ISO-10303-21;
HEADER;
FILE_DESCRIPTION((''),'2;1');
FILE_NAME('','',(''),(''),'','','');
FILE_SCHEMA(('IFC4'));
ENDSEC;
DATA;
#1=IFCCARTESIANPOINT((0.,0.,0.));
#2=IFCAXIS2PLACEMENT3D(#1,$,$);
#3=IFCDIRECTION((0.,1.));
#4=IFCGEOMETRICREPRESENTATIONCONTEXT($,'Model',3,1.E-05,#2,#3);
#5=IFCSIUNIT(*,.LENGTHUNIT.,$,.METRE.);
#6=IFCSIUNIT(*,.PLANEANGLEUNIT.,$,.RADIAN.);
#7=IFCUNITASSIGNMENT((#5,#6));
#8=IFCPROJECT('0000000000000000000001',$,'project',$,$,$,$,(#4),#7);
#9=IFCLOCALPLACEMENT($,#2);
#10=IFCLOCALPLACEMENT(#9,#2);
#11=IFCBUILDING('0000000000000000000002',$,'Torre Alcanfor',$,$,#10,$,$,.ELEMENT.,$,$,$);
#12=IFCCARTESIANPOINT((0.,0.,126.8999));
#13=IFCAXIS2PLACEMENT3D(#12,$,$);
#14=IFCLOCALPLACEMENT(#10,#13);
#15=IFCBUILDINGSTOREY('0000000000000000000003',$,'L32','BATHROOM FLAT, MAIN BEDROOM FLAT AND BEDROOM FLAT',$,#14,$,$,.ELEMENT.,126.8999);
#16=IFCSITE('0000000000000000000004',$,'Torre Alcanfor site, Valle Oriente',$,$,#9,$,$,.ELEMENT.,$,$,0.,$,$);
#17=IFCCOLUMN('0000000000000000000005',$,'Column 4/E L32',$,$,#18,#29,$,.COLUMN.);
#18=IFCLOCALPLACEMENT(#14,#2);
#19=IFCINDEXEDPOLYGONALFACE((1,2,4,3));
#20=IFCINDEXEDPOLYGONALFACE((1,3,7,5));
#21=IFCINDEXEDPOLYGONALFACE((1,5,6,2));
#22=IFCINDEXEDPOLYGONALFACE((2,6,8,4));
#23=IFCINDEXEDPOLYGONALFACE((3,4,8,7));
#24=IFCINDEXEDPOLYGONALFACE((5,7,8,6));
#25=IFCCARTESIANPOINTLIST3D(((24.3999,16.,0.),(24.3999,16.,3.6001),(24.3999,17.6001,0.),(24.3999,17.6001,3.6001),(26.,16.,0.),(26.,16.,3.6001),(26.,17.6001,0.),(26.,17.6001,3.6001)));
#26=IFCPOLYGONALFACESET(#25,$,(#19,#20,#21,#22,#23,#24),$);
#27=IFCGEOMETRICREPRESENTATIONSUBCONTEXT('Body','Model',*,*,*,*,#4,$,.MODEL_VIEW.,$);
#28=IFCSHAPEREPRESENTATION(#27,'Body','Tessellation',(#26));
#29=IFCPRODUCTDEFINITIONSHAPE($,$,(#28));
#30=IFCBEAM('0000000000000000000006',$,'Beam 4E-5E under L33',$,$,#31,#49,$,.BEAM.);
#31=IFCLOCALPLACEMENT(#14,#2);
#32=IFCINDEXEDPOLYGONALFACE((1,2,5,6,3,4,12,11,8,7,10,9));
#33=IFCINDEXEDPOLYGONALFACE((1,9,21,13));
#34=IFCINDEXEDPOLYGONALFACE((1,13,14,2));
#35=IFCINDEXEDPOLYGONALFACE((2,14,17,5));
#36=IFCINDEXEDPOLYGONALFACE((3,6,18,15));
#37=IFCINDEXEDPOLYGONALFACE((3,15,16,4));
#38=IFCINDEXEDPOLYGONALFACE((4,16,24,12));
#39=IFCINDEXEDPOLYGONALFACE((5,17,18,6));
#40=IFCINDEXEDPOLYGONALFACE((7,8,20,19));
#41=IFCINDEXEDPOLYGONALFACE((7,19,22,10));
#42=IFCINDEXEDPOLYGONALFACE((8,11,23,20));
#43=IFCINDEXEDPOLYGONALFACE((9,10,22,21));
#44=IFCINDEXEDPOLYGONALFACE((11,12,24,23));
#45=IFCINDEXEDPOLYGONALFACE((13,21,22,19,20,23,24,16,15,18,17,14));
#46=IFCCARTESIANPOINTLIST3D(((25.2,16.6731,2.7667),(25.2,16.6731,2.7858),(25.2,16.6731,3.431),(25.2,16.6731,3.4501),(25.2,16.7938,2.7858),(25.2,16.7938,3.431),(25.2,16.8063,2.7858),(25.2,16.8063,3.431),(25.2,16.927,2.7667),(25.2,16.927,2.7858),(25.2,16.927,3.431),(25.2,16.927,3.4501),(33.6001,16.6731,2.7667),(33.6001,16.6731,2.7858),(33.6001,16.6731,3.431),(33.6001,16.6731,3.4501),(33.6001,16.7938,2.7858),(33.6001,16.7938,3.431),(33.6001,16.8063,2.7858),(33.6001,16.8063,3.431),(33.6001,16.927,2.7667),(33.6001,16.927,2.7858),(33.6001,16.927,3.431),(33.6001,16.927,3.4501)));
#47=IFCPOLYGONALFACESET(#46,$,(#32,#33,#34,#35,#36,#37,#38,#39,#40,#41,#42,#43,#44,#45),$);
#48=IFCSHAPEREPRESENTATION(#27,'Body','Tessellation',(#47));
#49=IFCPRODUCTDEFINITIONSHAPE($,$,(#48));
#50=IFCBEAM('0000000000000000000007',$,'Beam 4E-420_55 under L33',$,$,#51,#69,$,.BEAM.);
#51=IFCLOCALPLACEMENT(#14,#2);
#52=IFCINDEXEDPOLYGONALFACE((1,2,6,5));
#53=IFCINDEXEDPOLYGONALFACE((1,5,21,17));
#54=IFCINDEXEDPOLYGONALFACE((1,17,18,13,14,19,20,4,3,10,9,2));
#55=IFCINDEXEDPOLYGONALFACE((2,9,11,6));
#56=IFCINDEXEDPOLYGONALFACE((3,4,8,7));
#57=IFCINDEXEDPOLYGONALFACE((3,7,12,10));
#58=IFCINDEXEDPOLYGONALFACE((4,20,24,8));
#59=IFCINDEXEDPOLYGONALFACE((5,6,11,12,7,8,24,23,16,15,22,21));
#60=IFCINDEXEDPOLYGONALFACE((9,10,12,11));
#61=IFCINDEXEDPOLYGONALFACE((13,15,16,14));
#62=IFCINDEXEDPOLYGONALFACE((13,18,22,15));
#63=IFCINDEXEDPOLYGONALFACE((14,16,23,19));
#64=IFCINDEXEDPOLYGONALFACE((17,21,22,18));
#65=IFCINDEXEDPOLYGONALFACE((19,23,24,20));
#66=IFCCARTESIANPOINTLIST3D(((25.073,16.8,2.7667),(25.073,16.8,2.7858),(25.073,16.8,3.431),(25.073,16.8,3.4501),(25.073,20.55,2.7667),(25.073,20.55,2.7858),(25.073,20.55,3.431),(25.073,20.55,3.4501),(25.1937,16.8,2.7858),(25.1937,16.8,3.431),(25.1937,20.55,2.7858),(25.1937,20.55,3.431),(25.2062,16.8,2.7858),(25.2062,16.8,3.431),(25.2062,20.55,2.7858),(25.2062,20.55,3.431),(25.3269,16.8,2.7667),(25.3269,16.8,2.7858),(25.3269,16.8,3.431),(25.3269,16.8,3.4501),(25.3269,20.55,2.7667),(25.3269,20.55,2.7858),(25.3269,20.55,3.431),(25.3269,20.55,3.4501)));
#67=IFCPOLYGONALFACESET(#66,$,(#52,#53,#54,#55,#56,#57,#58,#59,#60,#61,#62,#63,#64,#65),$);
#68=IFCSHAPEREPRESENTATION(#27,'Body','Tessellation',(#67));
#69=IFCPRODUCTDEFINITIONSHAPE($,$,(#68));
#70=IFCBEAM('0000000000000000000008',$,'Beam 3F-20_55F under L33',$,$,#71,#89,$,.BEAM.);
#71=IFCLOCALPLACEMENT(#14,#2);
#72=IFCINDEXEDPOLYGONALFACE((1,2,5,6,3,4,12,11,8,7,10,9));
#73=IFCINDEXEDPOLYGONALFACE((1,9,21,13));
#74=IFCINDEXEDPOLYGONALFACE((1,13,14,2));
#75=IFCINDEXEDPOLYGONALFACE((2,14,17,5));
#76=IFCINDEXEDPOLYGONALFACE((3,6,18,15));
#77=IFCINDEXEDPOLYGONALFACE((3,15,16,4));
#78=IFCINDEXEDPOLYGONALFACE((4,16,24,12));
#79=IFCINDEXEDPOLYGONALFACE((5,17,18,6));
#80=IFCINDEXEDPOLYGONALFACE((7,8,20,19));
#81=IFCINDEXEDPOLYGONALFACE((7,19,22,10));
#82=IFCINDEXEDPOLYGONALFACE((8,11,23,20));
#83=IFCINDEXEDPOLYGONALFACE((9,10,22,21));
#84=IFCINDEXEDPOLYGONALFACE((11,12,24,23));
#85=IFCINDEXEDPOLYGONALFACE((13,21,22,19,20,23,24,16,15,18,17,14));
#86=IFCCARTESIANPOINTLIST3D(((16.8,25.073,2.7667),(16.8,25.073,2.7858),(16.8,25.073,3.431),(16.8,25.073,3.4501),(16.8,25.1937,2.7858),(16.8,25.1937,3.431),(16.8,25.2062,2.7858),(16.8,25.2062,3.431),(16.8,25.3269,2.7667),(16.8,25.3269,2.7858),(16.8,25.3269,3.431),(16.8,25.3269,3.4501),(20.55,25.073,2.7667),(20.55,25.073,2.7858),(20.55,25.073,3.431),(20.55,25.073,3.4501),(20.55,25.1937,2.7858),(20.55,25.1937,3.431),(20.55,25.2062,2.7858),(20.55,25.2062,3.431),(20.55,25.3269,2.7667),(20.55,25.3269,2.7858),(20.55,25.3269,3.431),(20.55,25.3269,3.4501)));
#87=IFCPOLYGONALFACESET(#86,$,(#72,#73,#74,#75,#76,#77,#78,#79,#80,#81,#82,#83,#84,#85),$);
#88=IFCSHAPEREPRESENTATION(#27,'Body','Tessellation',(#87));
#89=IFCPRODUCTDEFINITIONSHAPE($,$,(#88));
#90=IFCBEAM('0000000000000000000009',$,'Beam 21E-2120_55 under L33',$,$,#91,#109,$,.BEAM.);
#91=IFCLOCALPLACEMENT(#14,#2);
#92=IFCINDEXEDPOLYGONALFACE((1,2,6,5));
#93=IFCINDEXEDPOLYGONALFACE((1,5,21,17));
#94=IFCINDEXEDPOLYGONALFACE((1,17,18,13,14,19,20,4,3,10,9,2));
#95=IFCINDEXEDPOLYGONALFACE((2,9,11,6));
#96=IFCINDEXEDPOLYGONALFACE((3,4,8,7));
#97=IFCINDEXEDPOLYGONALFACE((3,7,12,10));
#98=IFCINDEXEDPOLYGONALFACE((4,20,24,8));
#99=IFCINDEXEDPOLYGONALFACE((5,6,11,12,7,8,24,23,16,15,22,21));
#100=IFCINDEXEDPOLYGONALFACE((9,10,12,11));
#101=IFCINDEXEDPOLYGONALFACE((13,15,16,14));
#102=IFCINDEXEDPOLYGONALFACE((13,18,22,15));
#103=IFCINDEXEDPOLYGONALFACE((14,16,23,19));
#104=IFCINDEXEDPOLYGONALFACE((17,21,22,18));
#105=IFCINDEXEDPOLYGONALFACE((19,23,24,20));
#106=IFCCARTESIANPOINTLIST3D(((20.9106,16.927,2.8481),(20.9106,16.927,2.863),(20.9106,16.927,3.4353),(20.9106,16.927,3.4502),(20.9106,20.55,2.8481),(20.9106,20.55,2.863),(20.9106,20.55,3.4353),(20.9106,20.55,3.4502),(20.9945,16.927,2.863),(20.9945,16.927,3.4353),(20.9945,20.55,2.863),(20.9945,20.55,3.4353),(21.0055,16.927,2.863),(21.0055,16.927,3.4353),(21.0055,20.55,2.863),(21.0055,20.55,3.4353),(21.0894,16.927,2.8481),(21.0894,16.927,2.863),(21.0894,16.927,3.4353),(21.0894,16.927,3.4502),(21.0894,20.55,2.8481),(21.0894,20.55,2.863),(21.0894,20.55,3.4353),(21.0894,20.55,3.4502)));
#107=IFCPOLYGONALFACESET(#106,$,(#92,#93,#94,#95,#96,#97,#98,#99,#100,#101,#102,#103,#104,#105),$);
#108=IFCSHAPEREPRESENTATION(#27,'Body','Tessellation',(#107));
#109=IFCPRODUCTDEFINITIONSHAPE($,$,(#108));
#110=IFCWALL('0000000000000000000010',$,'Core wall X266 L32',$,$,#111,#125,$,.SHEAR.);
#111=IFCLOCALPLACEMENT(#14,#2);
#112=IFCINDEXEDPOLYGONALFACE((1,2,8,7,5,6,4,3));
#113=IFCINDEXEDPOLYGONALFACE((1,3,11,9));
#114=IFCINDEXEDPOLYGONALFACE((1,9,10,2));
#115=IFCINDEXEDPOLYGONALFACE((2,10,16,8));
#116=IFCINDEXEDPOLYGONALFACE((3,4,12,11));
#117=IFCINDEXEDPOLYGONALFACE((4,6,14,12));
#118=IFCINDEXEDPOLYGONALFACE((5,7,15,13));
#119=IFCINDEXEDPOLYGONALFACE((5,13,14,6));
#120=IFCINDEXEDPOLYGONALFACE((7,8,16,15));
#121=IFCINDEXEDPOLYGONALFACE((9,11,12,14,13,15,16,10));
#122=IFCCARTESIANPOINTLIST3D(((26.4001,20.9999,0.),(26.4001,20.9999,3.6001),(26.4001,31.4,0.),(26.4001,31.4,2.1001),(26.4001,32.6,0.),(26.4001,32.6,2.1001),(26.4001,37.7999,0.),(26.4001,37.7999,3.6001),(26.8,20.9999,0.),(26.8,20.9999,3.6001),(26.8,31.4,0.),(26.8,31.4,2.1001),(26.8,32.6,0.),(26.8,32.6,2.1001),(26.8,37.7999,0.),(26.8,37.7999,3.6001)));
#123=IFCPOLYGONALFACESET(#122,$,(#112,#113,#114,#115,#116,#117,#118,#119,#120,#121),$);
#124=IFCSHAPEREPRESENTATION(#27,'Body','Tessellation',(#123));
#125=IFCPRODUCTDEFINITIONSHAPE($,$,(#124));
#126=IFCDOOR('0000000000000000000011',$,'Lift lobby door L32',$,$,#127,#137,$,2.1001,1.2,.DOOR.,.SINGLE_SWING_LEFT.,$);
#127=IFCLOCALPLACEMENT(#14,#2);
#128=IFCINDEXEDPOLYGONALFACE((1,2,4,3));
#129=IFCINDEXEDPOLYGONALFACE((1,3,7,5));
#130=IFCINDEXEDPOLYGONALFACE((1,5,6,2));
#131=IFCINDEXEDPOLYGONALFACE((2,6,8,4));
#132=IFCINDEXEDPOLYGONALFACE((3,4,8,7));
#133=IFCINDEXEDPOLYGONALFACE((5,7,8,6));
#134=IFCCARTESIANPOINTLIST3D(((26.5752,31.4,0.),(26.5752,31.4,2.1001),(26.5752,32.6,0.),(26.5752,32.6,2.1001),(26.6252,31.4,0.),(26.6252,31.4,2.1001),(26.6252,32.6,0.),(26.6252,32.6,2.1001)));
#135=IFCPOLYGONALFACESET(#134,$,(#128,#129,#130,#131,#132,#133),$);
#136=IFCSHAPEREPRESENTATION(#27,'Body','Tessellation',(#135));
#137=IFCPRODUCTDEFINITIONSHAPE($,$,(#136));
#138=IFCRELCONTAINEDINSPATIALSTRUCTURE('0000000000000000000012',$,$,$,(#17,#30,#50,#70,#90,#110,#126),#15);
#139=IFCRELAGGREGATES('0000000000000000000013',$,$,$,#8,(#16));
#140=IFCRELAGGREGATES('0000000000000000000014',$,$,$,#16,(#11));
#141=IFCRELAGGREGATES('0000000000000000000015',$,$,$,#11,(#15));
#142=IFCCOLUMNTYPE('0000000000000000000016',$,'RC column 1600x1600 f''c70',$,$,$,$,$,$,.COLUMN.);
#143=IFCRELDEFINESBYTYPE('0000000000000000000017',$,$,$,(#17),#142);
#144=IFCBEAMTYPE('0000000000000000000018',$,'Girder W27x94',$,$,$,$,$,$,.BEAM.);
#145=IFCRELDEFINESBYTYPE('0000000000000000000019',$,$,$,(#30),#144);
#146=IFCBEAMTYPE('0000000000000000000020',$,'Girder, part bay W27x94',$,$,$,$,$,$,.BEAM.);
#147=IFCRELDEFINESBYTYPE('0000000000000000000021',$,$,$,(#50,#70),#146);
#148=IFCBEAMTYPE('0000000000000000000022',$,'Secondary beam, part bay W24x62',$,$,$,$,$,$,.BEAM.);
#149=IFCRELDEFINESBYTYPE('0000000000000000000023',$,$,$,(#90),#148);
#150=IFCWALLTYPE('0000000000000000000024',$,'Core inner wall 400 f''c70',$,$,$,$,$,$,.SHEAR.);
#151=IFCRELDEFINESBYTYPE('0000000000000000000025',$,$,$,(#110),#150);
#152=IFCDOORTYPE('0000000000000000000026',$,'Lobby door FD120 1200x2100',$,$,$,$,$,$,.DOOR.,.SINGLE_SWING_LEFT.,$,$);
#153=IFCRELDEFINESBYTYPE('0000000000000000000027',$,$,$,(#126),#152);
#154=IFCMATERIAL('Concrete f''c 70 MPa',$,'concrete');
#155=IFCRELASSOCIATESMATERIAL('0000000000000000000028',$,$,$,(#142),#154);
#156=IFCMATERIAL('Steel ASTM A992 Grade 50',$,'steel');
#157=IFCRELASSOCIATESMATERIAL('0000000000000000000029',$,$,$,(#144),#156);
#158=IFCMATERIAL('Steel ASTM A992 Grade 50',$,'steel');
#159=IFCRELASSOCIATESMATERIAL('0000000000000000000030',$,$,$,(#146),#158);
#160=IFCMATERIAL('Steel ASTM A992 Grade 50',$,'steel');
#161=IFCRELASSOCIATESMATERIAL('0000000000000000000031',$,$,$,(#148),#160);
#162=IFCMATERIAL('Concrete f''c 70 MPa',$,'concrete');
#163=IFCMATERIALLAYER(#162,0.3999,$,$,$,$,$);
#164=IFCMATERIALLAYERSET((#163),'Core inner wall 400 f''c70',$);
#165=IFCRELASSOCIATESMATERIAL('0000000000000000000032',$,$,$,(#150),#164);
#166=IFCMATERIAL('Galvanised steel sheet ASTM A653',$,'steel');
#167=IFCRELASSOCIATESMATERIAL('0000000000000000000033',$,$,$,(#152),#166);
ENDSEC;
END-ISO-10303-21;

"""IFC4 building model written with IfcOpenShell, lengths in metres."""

from ifc_helpers import new_model, si_unit, direction, frame, frame_2d, origin, origin_2d, place, context, subcontext, project, spatial, rectangle, i_section, extrude, material, layer, layer_set, material_profile, profile_set, type_object, element, fill, save


model = new_model("IFC4")

# Units and contexts
model_context = context("Model", 3, precision=1e-05, world=origin(), true_north=direction((0.0, 1.0)))
body_context = subcontext(model_context, "Body", "Model", "MODEL_VIEW")
ifc_project = project(units=[si_unit("LENGTHUNIT", "METRE"), si_unit("PLANEANGLEUNIT", "RADIAN")], contexts=[model_context])

# Site, building, storey
site_placement = place(None, origin())
site = spatial("IfcSite", under=ifc_project, at=site_placement, Name="Torre Alcanfor site, Valle Oriente", CompositionType="ELEMENT", RefElevation=0.0)
building_placement = place(site_placement, origin())
building = spatial("IfcBuilding", under=site, at=building_placement, Name="Torre Alcanfor", CompositionType="ELEMENT")
storey_placement = place(building_placement, frame((0.0, 0.0, 126.8999)))
storey = spatial("IfcBuildingStorey", under=building, at=storey_placement, Name="L32", Description="BATHROOM FLAT, MAIN BEDROOM FLAT AND BEDROOM FLAT", CompositionType="ELEMENT", Elevation=126.8999)

# Column
ifc_material_1 = material(Name="Concrete f'c 70 MPa", Category="concrete")
ifc_material_profile_1 = material_profile(ifc_material_1, rectangle(XDim=1.6001, YDim=1.6001, at=origin_2d()), Name="1600x1600")
ifc_profile_set_1 = profile_set([ifc_material_profile_1], Name="Concrete f'c 70 MPa")
column_type = type_object("IfcColumnType", Name="RC column 1600x1600 f'c70", PredefinedType="COLUMN", material=ifc_profile_set_1)
column_placement = place(storey_placement, frame((25.2, 16.8, 0.0), z_axis=(0.0, 0.0, 1.0), x_axis=(1.0, 0.0, 0.0)))
element("IfcColumn", 1, at=column_placement, inside=storey, type_object=column_type, Name="Column 4/E L32", PredefinedType="COLUMN", context=body_context, shape_type="SweptSolid", body=[
    extrude(rectangle(XDim=1.6001, YDim=1.6001, at=origin_2d()), origin(), (0.0, 0.0, 1.0), 3.6001),
])

# Beams
ifc_material_2 = material(Name="Steel ASTM A992 Grade 50", Category="steel")
ifc_material_profile_2 = material_profile(ifc_material_2, i_section(OverallWidth=0.2539, OverallDepth=0.6833, WebThickness=0.0125, FlangeThickness=0.019, at=origin_2d()), Name="W27x94")
ifc_profile_set_2 = profile_set([ifc_material_profile_2], Name="Steel ASTM A992 Grade 50")
beam_type_1 = type_object("IfcBeamType", Name="Girder W27x94", PredefinedType="BEAM", material=ifc_profile_set_2)
beam_1_placement = place(storey_placement, frame((25.2, 16.8, 3.1084), z_axis=(1.0, 0.0, 0.0), x_axis=(0.0, 1.0, 0.0)))
element("IfcBeam", 2, at=beam_1_placement, inside=storey, type_object=beam_type_1, Name="Beam 4E-5E under L33", PredefinedType="BEAM", context=body_context, shape_type="SweptSolid", body=[
    extrude(i_section(OverallWidth=0.2539, OverallDepth=0.6833, WebThickness=0.0125, FlangeThickness=0.019, at=origin_2d()), origin(), (0.0, 0.0, 1.0), 8.4001),
])
ifc_material_3 = material(Name="Steel ASTM A992 Grade 50", Category="steel")
ifc_material_profile_3 = material_profile(ifc_material_3, i_section(OverallWidth=0.2539, OverallDepth=0.6833, WebThickness=0.0125, FlangeThickness=0.019, at=origin_2d()), Name="W27x94")
ifc_profile_set_3 = profile_set([ifc_material_profile_3], Name="Steel ASTM A992 Grade 50")
beam_type_2 = type_object("IfcBeamType", Name="Girder, part bay W27x94", PredefinedType="BEAM", material=ifc_profile_set_3)
for number, where, z_axis, x_axis, name in (
    (3, (25.2, 16.8, 3.1084), (0.0, 1.0, 0.0), (-1.0, 0.0, 0.0), "Beam 4E-420_55 under L33"),
    (4, (16.8, 25.2, 3.1084), (1.0, 0.0, 0.0), (0.0, 1.0, 0.0), "Beam 3F-20_55F under L33"),
):
    element("IfcBeam", number, at=place(storey_placement, frame(where, z_axis=z_axis, x_axis=x_axis)), inside=storey, type_object=beam_type_2, Name=name, PredefinedType="BEAM", context=body_context, shape_type="SweptSolid", body=[
        extrude(i_section(OverallWidth=0.2539, OverallDepth=0.6833, WebThickness=0.0125, FlangeThickness=0.019, at=origin_2d()), origin(), (0.0, 0.0, 1.0), 3.75),
    ])
ifc_material_4 = material(Name="Steel ASTM A992 Grade 50", Category="steel")
ifc_material_profile_4 = material_profile(ifc_material_4, i_section(OverallWidth=0.1787, OverallDepth=0.6021, WebThickness=0.011, FlangeThickness=0.0149, at=origin_2d()), Name="W24x62")
ifc_profile_set_4 = profile_set([ifc_material_profile_4], Name="Steel ASTM A992 Grade 50")
beam_type_3 = type_object("IfcBeamType", Name="Secondary beam, part bay W24x62", PredefinedType="BEAM", material=ifc_profile_set_4)
beam_2_placement = place(storey_placement, frame((21.0, 16.927, 3.1492), z_axis=(0.0, 1.0, 0.0), x_axis=(-1.0, 0.0, 0.0)))
element("IfcBeam", 5, at=beam_2_placement, inside=storey, type_object=beam_type_3, Name="Beam 21E-2120_55 under L33", PredefinedType="BEAM", context=body_context, shape_type="SweptSolid", body=[
    extrude(i_section(OverallWidth=0.1787, OverallDepth=0.6021, WebThickness=0.011, FlangeThickness=0.0149, at=origin_2d()), origin(), (0.0, 0.0, 1.0), 3.623),
])

# Wall, opening, door
ifc_material_5 = material(Name="Concrete f'c 70 MPa", Category="concrete")
ifc_layer_1 = layer(ifc_material_5, 0.3999)
ifc_layer_set_1 = layer_set([ifc_layer_1], Name="Core inner wall 400 f'c70")
wall_type_1 = type_object("IfcWallType", Name="Core inner wall 400 f'c70", PredefinedType="SHEAR", material=ifc_layer_set_1)
wall_1_placement = place(storey_placement, frame((26.6001, 21.0, 0.0), z_axis=(0.0, 0.0, 1.0), x_axis=(0.0, 1.0, 0.0)))
wall_1 = element("IfcWall", 6, at=wall_1_placement, inside=storey, type_object=wall_type_1, Name="Core wall X266 L32", PredefinedType="SHEAR", context=body_context, shape_type="SweptSolid", body=[
    extrude(rectangle(XDim=16.8, YDim=0.3999, at=frame_2d((8.3999, 0.0))), origin(), (0.0, 0.0, 1.0), 3.6001),
])
opening_1_placement = place(wall_1_placement, frame((10.3999, 0.0, 0.0)))
opening_1 = element("IfcOpeningElement", 7, at=opening_1_placement, cuts=wall_1, PredefinedType="OPENING", context=body_context, shape_type="SweptSolid", body=[
    extrude(rectangle(XDim=1.2, YDim=2.1001, at=frame_2d((0.6001, 1.05))), frame((0.0, 0.21, 0.0), z_axis=(0.0, -1.0, 0.0), x_axis=(1.0, 0.0, 0.0)), (0.0, 0.0, 1.0), 0.4199),
])
ifc_material_6 = material(Name="Galvanised steel sheet ASTM A653", Category="steel")
door_type_1 = type_object("IfcDoorType", Name="Lobby door FD120 1200x2100", OperationType="SINGLE_SWING_LEFT", PredefinedType="DOOR", material=ifc_material_6)
door_1_placement = place(opening_1_placement, origin())
door_1 = element("IfcDoor", 8, at=door_1_placement, inside=storey, type_object=door_type_1, Name="Lift lobby door L32", OperationType="SINGLE_SWING_LEFT", OverallHeight=2.1001, OverallWidth=1.2, PredefinedType="DOOR", context=body_context, shape_type="SweptSolid", body=[
    extrude(rectangle(XDim=1.2, YDim=2.1001, at=frame_2d((0.6001, 1.05))), frame((0.0, 0.0249, 0.0), z_axis=(0.0, -1.0, 0.0), x_axis=(1.0, 0.0, 0.0)), (0.0, 0.0, 1.0), 0.05),
])
fill(opening_1, door_1)

save(model, "model.ifc")
